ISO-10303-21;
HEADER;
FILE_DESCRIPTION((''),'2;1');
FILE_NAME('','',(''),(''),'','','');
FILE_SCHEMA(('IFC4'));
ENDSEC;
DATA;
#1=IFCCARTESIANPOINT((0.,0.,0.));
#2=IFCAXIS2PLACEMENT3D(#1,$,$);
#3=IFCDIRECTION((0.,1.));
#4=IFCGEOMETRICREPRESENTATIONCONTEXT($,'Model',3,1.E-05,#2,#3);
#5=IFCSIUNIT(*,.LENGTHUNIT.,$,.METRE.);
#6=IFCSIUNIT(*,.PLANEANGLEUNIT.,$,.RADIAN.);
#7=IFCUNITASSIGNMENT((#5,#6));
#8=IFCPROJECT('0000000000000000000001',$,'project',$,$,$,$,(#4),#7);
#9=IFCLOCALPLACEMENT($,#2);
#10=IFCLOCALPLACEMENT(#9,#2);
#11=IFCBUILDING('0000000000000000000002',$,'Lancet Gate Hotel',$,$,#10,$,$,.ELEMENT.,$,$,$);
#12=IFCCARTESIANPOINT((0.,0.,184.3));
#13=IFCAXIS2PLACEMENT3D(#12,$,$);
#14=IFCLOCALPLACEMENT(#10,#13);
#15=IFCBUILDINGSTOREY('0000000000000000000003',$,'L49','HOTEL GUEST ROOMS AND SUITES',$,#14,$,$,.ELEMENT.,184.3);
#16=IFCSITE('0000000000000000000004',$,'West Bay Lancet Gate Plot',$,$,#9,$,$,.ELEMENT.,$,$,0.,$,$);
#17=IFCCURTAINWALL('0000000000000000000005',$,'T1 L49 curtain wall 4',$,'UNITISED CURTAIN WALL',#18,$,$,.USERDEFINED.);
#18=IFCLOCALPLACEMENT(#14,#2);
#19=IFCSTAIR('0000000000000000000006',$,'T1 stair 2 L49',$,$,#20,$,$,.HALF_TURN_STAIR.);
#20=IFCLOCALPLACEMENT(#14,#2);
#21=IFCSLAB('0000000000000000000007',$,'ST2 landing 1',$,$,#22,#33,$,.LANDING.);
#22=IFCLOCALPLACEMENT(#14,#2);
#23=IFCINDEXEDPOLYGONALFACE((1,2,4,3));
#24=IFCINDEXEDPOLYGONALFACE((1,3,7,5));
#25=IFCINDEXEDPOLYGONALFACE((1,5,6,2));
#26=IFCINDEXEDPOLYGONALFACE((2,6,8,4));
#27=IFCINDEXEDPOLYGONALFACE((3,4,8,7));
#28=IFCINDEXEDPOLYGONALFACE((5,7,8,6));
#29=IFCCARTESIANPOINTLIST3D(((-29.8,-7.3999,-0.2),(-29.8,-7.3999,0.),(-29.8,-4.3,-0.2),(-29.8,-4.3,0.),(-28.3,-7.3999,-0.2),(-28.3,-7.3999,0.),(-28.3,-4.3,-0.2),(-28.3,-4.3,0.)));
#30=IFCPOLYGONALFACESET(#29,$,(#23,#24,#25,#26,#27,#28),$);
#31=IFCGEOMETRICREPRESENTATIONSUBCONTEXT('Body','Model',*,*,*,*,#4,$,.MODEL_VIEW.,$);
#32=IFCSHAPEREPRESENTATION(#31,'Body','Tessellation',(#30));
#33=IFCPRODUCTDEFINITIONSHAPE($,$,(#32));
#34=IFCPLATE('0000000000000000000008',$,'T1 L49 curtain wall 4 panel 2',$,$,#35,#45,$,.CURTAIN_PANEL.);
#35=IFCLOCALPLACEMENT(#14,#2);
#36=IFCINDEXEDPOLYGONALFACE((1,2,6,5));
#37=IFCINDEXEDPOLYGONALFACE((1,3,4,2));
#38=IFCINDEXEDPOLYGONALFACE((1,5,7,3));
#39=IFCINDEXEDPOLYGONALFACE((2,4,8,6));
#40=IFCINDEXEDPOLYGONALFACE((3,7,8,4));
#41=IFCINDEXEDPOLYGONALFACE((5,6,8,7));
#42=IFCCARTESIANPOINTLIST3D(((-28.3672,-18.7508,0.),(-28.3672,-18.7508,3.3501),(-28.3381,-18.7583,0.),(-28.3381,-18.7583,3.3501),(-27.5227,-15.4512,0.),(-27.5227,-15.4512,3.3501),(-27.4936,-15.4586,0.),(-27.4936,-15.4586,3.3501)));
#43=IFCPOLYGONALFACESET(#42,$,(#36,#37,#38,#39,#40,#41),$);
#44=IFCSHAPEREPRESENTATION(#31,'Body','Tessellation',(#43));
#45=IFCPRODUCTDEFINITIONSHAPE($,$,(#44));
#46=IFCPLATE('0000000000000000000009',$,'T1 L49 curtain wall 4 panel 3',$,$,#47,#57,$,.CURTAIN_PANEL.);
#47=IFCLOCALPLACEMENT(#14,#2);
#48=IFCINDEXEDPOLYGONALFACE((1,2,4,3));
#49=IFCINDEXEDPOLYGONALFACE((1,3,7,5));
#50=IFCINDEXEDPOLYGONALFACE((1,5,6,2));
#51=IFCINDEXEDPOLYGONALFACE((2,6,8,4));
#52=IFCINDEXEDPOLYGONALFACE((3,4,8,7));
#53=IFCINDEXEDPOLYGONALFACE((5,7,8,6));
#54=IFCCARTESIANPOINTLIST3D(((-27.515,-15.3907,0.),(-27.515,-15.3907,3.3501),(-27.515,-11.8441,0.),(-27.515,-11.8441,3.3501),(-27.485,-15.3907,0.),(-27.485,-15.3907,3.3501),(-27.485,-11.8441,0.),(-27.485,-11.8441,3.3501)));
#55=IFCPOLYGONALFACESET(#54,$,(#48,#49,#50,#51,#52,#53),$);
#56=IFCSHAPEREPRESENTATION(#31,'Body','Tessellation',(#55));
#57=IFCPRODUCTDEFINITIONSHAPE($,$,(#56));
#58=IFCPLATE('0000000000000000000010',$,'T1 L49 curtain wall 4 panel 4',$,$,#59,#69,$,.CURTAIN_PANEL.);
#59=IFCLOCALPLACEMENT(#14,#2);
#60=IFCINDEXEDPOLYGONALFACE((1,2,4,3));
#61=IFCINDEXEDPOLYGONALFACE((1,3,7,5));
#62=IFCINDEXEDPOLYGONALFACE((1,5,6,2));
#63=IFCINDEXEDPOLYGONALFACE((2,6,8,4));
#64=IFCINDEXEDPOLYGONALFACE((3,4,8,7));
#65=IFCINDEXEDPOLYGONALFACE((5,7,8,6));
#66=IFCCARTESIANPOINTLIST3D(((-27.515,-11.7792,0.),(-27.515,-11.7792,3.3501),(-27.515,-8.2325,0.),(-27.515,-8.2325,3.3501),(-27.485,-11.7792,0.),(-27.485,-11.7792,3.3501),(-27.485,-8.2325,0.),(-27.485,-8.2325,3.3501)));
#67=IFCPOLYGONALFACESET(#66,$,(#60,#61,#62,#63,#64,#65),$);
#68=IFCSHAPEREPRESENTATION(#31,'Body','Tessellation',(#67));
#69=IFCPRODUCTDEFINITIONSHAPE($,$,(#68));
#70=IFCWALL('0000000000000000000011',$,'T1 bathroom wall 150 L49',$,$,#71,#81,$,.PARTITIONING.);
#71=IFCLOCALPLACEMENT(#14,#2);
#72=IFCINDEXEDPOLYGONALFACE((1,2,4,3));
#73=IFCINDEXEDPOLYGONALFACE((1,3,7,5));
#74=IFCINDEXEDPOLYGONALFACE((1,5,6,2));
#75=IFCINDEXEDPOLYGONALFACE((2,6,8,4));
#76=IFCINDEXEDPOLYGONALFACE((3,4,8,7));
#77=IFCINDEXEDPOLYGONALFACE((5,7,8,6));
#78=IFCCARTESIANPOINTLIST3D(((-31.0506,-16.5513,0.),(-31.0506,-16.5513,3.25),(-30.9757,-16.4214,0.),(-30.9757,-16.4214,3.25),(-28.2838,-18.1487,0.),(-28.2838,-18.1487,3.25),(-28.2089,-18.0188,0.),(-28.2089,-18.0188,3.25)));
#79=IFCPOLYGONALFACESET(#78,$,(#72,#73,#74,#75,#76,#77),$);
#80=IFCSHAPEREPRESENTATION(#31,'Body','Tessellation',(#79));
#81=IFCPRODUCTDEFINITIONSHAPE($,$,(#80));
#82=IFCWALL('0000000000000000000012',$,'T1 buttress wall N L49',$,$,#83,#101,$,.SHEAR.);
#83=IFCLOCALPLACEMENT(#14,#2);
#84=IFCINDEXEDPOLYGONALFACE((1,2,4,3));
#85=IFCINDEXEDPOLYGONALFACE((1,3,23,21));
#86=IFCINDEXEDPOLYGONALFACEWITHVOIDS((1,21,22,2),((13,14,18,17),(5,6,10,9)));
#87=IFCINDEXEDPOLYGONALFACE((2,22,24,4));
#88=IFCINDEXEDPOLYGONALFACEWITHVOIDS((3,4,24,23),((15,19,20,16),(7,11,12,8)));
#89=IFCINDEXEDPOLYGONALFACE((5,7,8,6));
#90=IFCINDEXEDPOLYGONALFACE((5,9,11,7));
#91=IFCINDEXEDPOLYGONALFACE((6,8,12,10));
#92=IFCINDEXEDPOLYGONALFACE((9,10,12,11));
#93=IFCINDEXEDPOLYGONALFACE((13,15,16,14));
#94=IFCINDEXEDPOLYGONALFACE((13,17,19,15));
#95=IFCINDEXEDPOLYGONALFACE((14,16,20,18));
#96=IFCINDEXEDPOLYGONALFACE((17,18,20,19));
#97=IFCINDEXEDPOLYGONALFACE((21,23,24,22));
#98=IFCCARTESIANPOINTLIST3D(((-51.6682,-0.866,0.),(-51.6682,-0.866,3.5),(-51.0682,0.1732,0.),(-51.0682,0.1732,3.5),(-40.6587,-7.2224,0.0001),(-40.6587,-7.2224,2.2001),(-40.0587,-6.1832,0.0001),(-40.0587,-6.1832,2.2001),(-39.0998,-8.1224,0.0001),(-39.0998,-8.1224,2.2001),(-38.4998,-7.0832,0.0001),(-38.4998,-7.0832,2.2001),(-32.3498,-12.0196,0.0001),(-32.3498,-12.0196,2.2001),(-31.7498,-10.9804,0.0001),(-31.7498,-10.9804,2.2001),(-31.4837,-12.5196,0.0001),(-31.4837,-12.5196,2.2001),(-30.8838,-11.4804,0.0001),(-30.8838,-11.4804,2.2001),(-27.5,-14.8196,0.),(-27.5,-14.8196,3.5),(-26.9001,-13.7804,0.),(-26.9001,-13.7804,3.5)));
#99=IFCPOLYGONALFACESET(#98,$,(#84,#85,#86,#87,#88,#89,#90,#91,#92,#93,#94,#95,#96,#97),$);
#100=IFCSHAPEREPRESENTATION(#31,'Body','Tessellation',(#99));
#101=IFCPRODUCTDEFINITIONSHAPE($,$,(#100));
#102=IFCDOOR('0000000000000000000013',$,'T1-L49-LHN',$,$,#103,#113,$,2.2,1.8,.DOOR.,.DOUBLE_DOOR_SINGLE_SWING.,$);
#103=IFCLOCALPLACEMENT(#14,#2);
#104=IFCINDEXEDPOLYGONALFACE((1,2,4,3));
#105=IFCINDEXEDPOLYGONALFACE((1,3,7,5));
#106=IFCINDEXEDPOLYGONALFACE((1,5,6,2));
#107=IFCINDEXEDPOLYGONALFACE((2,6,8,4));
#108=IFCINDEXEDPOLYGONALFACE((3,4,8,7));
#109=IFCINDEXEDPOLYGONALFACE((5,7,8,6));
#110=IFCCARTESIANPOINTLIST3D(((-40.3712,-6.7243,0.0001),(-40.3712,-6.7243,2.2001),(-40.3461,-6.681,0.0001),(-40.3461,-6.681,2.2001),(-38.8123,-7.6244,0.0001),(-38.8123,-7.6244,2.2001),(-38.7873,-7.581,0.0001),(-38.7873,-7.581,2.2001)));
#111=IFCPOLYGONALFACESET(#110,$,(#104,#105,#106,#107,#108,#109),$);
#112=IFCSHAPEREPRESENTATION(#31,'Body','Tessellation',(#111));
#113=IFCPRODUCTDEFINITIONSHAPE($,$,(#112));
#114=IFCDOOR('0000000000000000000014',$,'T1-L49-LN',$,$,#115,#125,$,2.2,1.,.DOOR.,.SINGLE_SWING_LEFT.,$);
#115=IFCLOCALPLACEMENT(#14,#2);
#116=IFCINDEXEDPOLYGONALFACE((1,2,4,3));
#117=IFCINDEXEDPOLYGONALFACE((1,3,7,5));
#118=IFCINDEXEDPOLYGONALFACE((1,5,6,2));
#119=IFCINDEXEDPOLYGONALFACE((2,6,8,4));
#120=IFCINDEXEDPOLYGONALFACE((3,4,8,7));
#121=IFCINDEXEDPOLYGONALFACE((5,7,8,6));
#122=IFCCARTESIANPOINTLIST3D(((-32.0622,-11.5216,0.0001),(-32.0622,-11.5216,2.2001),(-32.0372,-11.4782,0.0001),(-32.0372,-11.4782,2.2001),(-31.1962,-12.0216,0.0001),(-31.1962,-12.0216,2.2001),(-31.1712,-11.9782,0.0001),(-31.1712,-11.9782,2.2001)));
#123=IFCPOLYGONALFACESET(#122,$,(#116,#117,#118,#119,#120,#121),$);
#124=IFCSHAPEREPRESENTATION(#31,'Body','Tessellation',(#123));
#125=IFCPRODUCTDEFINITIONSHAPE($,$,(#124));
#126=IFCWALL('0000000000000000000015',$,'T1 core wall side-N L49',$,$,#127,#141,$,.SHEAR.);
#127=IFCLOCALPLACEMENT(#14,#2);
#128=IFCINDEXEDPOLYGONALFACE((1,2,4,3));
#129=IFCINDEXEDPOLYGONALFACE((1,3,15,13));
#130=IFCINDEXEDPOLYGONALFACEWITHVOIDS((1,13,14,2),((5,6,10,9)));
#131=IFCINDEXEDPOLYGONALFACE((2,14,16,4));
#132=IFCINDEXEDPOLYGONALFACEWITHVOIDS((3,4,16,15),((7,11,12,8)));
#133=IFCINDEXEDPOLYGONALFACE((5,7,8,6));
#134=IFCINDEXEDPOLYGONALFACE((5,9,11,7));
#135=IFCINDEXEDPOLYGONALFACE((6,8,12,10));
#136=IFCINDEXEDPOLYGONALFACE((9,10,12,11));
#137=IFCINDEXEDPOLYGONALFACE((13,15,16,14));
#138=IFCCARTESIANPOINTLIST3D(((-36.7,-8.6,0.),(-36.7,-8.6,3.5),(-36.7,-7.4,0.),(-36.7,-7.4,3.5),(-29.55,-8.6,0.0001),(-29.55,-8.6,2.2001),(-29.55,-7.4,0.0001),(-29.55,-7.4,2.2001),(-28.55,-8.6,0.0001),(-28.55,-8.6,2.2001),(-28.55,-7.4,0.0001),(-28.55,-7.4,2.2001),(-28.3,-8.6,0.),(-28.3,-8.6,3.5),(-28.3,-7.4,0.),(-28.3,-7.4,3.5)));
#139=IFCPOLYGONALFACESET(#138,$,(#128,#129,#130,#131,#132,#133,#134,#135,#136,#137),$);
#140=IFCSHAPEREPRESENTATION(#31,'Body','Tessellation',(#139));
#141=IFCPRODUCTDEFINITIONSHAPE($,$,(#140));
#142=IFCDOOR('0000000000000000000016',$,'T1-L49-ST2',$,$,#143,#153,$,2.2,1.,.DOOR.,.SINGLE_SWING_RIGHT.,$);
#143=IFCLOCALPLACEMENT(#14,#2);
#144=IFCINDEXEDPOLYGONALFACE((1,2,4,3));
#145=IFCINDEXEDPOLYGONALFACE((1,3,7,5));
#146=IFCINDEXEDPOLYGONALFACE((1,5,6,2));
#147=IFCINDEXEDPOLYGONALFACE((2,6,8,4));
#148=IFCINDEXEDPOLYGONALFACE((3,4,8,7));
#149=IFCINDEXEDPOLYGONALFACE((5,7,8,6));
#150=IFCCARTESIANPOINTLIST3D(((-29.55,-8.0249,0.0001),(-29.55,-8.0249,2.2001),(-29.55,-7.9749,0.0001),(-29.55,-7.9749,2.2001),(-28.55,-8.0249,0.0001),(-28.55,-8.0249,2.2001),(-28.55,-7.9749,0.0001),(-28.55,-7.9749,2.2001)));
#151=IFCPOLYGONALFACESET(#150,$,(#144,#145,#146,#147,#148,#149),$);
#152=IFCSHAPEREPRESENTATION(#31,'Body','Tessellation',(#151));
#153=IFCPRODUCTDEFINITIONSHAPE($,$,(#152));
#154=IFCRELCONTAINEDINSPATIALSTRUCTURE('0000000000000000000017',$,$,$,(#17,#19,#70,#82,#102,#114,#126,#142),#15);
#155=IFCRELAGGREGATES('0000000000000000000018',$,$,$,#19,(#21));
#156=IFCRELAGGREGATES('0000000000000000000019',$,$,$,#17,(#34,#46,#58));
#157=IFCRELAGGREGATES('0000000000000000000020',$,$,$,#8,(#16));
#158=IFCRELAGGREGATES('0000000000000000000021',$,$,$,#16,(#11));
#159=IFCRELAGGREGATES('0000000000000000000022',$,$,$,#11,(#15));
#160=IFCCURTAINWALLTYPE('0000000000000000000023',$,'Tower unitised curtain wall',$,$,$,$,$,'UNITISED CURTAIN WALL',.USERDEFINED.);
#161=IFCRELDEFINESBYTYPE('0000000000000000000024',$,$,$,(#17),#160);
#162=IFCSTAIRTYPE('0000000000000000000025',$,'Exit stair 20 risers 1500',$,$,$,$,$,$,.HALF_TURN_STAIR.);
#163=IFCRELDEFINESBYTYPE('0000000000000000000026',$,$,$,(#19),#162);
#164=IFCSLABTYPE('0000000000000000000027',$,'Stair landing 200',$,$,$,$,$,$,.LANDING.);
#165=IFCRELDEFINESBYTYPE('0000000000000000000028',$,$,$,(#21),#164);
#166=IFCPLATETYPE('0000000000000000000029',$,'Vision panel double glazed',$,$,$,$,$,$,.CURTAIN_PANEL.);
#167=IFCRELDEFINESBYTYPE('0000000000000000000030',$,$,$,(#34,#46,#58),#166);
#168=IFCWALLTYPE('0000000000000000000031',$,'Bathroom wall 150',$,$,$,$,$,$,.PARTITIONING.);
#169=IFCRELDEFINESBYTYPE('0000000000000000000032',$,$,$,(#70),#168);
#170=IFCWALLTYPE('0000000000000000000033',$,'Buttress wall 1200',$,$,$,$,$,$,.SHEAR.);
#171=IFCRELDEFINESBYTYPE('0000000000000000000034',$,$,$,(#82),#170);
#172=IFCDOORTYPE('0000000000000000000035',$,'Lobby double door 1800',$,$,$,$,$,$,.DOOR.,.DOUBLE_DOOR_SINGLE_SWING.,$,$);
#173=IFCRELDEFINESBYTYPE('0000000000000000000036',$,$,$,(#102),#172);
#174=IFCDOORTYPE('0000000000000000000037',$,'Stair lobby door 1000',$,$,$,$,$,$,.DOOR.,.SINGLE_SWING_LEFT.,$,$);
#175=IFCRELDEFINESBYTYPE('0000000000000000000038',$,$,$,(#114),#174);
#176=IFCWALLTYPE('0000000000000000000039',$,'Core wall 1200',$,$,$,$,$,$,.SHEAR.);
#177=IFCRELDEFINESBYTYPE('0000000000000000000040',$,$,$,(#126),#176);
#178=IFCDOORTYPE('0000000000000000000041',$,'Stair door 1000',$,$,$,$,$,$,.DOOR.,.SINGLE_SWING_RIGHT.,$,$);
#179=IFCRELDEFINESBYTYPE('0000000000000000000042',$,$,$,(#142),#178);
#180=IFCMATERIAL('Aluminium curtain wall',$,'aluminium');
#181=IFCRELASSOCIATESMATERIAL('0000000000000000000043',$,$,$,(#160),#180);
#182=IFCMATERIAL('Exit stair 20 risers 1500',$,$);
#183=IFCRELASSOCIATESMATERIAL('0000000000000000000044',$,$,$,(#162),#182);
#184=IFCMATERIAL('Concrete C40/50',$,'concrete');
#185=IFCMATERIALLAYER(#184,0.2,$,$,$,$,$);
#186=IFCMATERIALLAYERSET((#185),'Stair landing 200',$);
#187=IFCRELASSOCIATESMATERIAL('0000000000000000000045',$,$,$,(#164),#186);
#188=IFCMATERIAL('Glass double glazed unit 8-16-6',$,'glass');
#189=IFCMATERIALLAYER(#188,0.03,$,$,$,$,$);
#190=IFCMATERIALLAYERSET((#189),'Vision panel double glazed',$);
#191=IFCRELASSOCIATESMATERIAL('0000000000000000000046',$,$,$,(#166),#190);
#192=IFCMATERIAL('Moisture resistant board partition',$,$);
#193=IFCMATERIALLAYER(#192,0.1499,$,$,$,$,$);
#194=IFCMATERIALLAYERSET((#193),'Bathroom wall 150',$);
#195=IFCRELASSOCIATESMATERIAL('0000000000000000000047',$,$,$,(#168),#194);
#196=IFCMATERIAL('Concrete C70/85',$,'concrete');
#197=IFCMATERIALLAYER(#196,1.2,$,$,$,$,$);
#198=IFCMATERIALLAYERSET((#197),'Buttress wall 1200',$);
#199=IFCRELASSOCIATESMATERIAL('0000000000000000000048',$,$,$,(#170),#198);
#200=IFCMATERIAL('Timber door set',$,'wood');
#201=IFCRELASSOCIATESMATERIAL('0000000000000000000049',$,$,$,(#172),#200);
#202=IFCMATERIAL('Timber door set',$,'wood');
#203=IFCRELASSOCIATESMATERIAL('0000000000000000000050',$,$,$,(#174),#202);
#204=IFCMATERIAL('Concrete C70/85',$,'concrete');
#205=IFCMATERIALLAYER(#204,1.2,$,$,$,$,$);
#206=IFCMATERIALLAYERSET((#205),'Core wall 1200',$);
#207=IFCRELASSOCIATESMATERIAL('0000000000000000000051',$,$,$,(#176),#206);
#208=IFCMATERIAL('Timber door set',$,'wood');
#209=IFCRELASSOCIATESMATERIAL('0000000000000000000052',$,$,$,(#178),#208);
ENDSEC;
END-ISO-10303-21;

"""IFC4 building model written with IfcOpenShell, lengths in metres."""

from ifc_helpers import new_model, si_unit, direction, frame, frame_2d, origin, origin_2d, place, context, subcontext, project, spatial, polyline, rectangle, outline, extrude, material, layer, layer_set, type_object, element, fill, aggregate, save


model = new_model("IFC4")

# Units and contexts
model_context = context("Model", 3, precision=1e-05, world=origin(), true_north=direction((0.0, 1.0)))
body_context = subcontext(model_context, "Body", "Model", "MODEL_VIEW")
ifc_project = project(units=[si_unit("LENGTHUNIT", "METRE"), si_unit("PLANEANGLEUNIT", "RADIAN")], contexts=[model_context])

# Site, building, storey
site_placement = place(None, origin())
site = spatial("IfcSite", under=ifc_project, at=site_placement, Name="West Bay Lancet Gate Plot", CompositionType="ELEMENT", RefElevation=0.0)
building_placement = place(site_placement, origin())
building = spatial("IfcBuilding", under=site, at=building_placement, Name="Lancet Gate Hotel", CompositionType="ELEMENT")
storey_placement = place(building_placement, frame((0.0, 0.0, 184.3)))
storey = spatial("IfcBuildingStorey", under=building, at=storey_placement, Name="L49", Description="HOTEL GUEST ROOMS AND SUITES", CompositionType="ELEMENT", Elevation=184.3)

# Curtain wall
ifc_material_1 = material(Name="Aluminium curtain wall", Category="aluminium")
curtain_wall_type = type_object("IfcCurtainWallType", Name="Tower unitised curtain wall", ElementType="UNITISED CURTAIN WALL", PredefinedType="USERDEFINED", material=ifc_material_1)
curtain_wall_placement = place(storey_placement, origin())
curtain_wall = element("IfcCurtainWall", 1, at=curtain_wall_placement, inside=storey, type_object=curtain_wall_type, Name="T1 L49 curtain wall 4", ObjectType="UNITISED CURTAIN WALL", PredefinedType="USERDEFINED")

# Shared definitions
ifc_material_2 = material(Name="Exit stair 20 risers 1500")
stair_type = type_object("IfcStairType", Name="Exit stair 20 risers 1500", PredefinedType="HALF_TURN_STAIR", material=ifc_material_2)
ifc_material_3 = material(Name="Concrete C40/50", Category="concrete")
ifc_layer_1 = layer(ifc_material_3, 0.2)
ifc_layer_set_1 = layer_set([ifc_layer_1], Name="Stair landing 200")
slab_type_1 = type_object("IfcSlabType", Name="Stair landing 200", PredefinedType="LANDING", material=ifc_layer_set_1)

# Stair, slab
stair_1_placement = place(storey_placement, origin())
stair_1 = element("IfcStair", 2, at=stair_1_placement, inside=storey, type_object=stair_type, Name="T1 stair 2 L49", PredefinedType="HALF_TURN_STAIR")
slab_1_placement = place(storey_placement, frame((0.0, 0.0, -0.2)))
slab_1 = element("IfcSlab", 3, at=slab_1_placement, type_object=slab_type_1, Name="ST2 landing 1", PredefinedType="LANDING", context=body_context, shape_type="SweptSolid", body=[
    extrude(outline(polyline([(-28.3, -4.3), (-29.8, -4.3), (-29.8, -7.3999), (-28.3, -7.3999), (-28.3, -4.3)])), origin(), (0.0, 0.0, 1.0), 0.2),
])
aggregate(stair_1, [slab_1])

# Plates
ifc_material_4 = material(Name="Glass double glazed unit 8-16-6", Category="glass")
ifc_layer_2 = layer(ifc_material_4, 0.03)
ifc_layer_set_2 = layer_set([ifc_layer_2], Name="Vision panel double glazed")
plate_type = type_object("IfcPlateType", Name="Vision panel double glazed", PredefinedType="CURTAIN_PANEL", material=ifc_layer_set_2)
plate_1_placement = place(storey_placement, frame((-27.9304, -17.1047, 0.0), z_axis=(0.0, 0.0, 1.0), x_axis=(0.247937, 0.968776, 0.0)))
plate_1 = element("IfcPlate", 4, at=plate_1_placement, type_object=plate_type, Name="T1 L49 curtain wall 4 panel 2", PredefinedType="CURTAIN_PANEL", context=body_context, shape_type="SweptSolid", body=[
    extrude(rectangle(XDim=3.406, YDim=0.03, at=origin_2d()), origin(), (0.0, 0.0, 1.0), 3.3501),
])
plate_2_placement = place(storey_placement, frame((-27.5, -13.6174, 0.0), z_axis=(0.0, 0.0, 1.0), x_axis=(0.0, 1.0, 0.0)))
plate_2 = element("IfcPlate", 5, at=plate_2_placement, type_object=plate_type, Name="T1 L49 curtain wall 4 panel 3", PredefinedType="CURTAIN_PANEL", context=body_context, shape_type="SweptSolid", body=[
    extrude(rectangle(XDim=3.5466, YDim=0.03, at=origin_2d()), origin(), (0.0, 0.0, 1.0), 3.3501),
])
plate_3_placement = place(storey_placement, frame((-27.5, -10.0059, 0.0), z_axis=(0.0, 0.0, 1.0), x_axis=(0.0, 1.0, 0.0)))
plate_3 = element("IfcPlate", 6, at=plate_3_placement, type_object=plate_type, Name="T1 L49 curtain wall 4 panel 4", PredefinedType="CURTAIN_PANEL", context=body_context, shape_type="SweptSolid", body=[
    extrude(rectangle(XDim=3.5466, YDim=0.03, at=origin_2d()), origin(), (0.0, 0.0, 1.0), 3.3501),
])
aggregate(curtain_wall, [plate_1, plate_2, plate_3])

# Wall
ifc_material_5 = material(Name="Moisture resistant board partition")
ifc_layer_3 = layer(ifc_material_5, 0.1499)
ifc_layer_set_3 = layer_set([ifc_layer_3], Name="Bathroom wall 150")
wall_type_1 = type_object("IfcWallType", Name="Bathroom wall 150", PredefinedType="PARTITIONING", material=ifc_layer_set_3)
wall_1_placement = place(storey_placement, frame((-28.2463, -18.0837, 0.0), z_axis=(0.0, 0.0, 1.0), x_axis=(-0.866029, 0.499994, 0.0)))
element("IfcWall", 7, at=wall_1_placement, inside=storey, type_object=wall_type_1, Name="T1 bathroom wall 150 L49", PredefinedType="PARTITIONING", context=body_context, shape_type="SweptSolid", body=[
    extrude(rectangle(XDim=3.1948, YDim=0.1499, at=frame_2d((1.5974, 0.0))), origin(), (0.0, 0.0, 1.0), 3.25),
])

# Wall, openings, doors
ifc_material_6 = material(Name="Concrete C70/85", Category="concrete")
ifc_layer_4 = layer(ifc_material_6, 1.2)
ifc_layer_set_4 = layer_set([ifc_layer_4], Name="Buttress wall 1200")
wall_type_2 = type_object("IfcWallType", Name="Buttress wall 1200", PredefinedType="SHEAR", material=ifc_layer_set_4)
wall_2_placement = place(storey_placement, frame((-27.2, -14.3, 0.0), z_axis=(0.0, 0.0, 1.0), x_axis=(-0.866024, 0.500002, 0.0)))
wall_2 = element("IfcWall", 8, at=wall_2_placement, inside=storey, type_object=wall_type_2, Name="T1 buttress wall N L49", PredefinedType="SHEAR", context=body_context, shape_type="SweptSolid", body=[
    extrude(rectangle(XDim=27.907, YDim=1.2, at=frame_2d((13.9536, 0.0))), origin(), (0.0, 0.0, 1.0), 3.5),
])
opening_1_placement = place(wall_2_placement, frame((4.6001, 0.0, 0.0)))
opening_1 = element("IfcOpeningElement", 9, at=opening_1_placement, cuts=wall_2, PredefinedType="OPENING", context=body_context, shape_type="SweptSolid", body=[
    extrude(rectangle(XDim=1.0, YDim=2.2, at=frame_2d((0.5, 1.1001))), frame((0.0, 0.6099, 0.0), z_axis=(0.0, -1.0, 0.0), x_axis=(1.0, 0.0, 0.0)), (0.0, 0.0, 1.0), 1.22),
])
opening_2_placement = place(wall_2_placement, frame((13.3945, 0.0, 0.0)))
opening_2 = element("IfcOpeningElement", 10, at=opening_2_placement, cuts=wall_2, PredefinedType="OPENING", context=body_context, shape_type="SweptSolid", body=[
    extrude(rectangle(XDim=1.8, YDim=2.2, at=frame_2d((0.8999, 1.1001))), frame((0.0, 0.6099, 0.0), z_axis=(0.0, -1.0, 0.0), x_axis=(1.0, 0.0, 0.0)), (0.0, 0.0, 1.0), 1.22),
])
ifc_material_7 = material(Name="Timber door set", Category="wood")
door_type_1 = type_object("IfcDoorType", Name="Lobby double door 1800", OperationType="DOUBLE_DOOR_SINGLE_SWING", PredefinedType="DOOR", material=ifc_material_7)
door_1_placement = place(opening_2_placement, origin())
door_1 = element("IfcDoor", 11, at=door_1_placement, inside=storey, type_object=door_type_1, Name="T1-L49-LHN", OperationType="DOUBLE_DOOR_SINGLE_SWING", OverallHeight=2.2, OverallWidth=1.8, PredefinedType="DOOR", context=body_context, shape_type="SweptSolid", body=[
    extrude(rectangle(XDim=1.8, YDim=2.2, at=frame_2d((0.8999, 1.1001))), frame((0.0, 0.0249, 0.0), z_axis=(0.0, -1.0, 0.0), x_axis=(1.0, 0.0, 0.0)), (0.0, 0.0, 1.0), 0.05),
])
fill(opening_2, door_1)
ifc_material_8 = material(Name="Timber door set", Category="wood")
door_type_2 = type_object("IfcDoorType", Name="Stair lobby door 1000", OperationType="SINGLE_SWING_LEFT", PredefinedType="DOOR", material=ifc_material_8)
door_2_placement = place(opening_1_placement, origin())
door_2 = element("IfcDoor", 12, at=door_2_placement, inside=storey, type_object=door_type_2, Name="T1-L49-LN", OperationType="SINGLE_SWING_LEFT", OverallHeight=2.2, OverallWidth=1.0, PredefinedType="DOOR", context=body_context, shape_type="SweptSolid", body=[
    extrude(rectangle(XDim=1.0, YDim=2.2, at=frame_2d((0.5, 1.1001))), frame((0.0, 0.0249, 0.0), z_axis=(0.0, -1.0, 0.0), x_axis=(1.0, 0.0, 0.0)), (0.0, 0.0, 1.0), 0.05),
])
fill(opening_1, door_2)

# Wall, opening, door
ifc_material_9 = material(Name="Concrete C70/85", Category="concrete")
ifc_layer_5 = layer(ifc_material_9, 1.2)
ifc_layer_set_5 = layer_set([ifc_layer_5], Name="Core wall 1200")
wall_type_3 = type_object("IfcWallType", Name="Core wall 1200", PredefinedType="SHEAR", material=ifc_layer_set_5)
wall_3_placement = place(storey_placement, frame((-28.3, -8.0, 0.0), z_axis=(0.0, 0.0, 1.0), x_axis=(-1.0, 0.0, 0.0)))
wall_3 = element("IfcWall", 13, at=wall_3_placement, inside=storey, type_object=wall_type_3, Name="T1 core wall side-N L49", PredefinedType="SHEAR", context=body_context, shape_type="SweptSolid", body=[
    extrude(rectangle(XDim=8.3999, YDim=1.2, at=frame_2d((4.2, 0.0))), origin(), (0.0, 0.0, 1.0), 3.5),
])
opening_3_placement = place(wall_3_placement, frame((0.25, 0.0, 0.0)))
opening_3 = element("IfcOpeningElement", 14, at=opening_3_placement, cuts=wall_3, PredefinedType="OPENING", context=body_context, shape_type="SweptSolid", body=[
    extrude(rectangle(XDim=1.0, YDim=2.2, at=frame_2d((0.5, 1.1001))), frame((0.0, 0.6099, 0.0), z_axis=(0.0, -1.0, 0.0), x_axis=(1.0, 0.0, 0.0)), (0.0, 0.0, 1.0), 1.22),
])
ifc_material_10 = material(Name="Timber door set", Category="wood")
door_type_3 = type_object("IfcDoorType", Name="Stair door 1000", OperationType="SINGLE_SWING_RIGHT", PredefinedType="DOOR", material=ifc_material_10)
door_3_placement = place(opening_3_placement, origin())
door_3 = element("IfcDoor", 15, at=door_3_placement, inside=storey, type_object=door_type_3, Name="T1-L49-ST2", OperationType="SINGLE_SWING_RIGHT", OverallHeight=2.2, OverallWidth=1.0, PredefinedType="DOOR", context=body_context, shape_type="SweptSolid", body=[
    extrude(rectangle(XDim=1.0, YDim=2.2, at=frame_2d((0.5, 1.1001))), frame((0.0, 0.0249, 0.0), z_axis=(0.0, -1.0, 0.0), x_axis=(1.0, 0.0, 0.0)), (0.0, 0.0, 1.0), 0.05),
])
fill(opening_3, door_3)

save(model, "model.ifc")
